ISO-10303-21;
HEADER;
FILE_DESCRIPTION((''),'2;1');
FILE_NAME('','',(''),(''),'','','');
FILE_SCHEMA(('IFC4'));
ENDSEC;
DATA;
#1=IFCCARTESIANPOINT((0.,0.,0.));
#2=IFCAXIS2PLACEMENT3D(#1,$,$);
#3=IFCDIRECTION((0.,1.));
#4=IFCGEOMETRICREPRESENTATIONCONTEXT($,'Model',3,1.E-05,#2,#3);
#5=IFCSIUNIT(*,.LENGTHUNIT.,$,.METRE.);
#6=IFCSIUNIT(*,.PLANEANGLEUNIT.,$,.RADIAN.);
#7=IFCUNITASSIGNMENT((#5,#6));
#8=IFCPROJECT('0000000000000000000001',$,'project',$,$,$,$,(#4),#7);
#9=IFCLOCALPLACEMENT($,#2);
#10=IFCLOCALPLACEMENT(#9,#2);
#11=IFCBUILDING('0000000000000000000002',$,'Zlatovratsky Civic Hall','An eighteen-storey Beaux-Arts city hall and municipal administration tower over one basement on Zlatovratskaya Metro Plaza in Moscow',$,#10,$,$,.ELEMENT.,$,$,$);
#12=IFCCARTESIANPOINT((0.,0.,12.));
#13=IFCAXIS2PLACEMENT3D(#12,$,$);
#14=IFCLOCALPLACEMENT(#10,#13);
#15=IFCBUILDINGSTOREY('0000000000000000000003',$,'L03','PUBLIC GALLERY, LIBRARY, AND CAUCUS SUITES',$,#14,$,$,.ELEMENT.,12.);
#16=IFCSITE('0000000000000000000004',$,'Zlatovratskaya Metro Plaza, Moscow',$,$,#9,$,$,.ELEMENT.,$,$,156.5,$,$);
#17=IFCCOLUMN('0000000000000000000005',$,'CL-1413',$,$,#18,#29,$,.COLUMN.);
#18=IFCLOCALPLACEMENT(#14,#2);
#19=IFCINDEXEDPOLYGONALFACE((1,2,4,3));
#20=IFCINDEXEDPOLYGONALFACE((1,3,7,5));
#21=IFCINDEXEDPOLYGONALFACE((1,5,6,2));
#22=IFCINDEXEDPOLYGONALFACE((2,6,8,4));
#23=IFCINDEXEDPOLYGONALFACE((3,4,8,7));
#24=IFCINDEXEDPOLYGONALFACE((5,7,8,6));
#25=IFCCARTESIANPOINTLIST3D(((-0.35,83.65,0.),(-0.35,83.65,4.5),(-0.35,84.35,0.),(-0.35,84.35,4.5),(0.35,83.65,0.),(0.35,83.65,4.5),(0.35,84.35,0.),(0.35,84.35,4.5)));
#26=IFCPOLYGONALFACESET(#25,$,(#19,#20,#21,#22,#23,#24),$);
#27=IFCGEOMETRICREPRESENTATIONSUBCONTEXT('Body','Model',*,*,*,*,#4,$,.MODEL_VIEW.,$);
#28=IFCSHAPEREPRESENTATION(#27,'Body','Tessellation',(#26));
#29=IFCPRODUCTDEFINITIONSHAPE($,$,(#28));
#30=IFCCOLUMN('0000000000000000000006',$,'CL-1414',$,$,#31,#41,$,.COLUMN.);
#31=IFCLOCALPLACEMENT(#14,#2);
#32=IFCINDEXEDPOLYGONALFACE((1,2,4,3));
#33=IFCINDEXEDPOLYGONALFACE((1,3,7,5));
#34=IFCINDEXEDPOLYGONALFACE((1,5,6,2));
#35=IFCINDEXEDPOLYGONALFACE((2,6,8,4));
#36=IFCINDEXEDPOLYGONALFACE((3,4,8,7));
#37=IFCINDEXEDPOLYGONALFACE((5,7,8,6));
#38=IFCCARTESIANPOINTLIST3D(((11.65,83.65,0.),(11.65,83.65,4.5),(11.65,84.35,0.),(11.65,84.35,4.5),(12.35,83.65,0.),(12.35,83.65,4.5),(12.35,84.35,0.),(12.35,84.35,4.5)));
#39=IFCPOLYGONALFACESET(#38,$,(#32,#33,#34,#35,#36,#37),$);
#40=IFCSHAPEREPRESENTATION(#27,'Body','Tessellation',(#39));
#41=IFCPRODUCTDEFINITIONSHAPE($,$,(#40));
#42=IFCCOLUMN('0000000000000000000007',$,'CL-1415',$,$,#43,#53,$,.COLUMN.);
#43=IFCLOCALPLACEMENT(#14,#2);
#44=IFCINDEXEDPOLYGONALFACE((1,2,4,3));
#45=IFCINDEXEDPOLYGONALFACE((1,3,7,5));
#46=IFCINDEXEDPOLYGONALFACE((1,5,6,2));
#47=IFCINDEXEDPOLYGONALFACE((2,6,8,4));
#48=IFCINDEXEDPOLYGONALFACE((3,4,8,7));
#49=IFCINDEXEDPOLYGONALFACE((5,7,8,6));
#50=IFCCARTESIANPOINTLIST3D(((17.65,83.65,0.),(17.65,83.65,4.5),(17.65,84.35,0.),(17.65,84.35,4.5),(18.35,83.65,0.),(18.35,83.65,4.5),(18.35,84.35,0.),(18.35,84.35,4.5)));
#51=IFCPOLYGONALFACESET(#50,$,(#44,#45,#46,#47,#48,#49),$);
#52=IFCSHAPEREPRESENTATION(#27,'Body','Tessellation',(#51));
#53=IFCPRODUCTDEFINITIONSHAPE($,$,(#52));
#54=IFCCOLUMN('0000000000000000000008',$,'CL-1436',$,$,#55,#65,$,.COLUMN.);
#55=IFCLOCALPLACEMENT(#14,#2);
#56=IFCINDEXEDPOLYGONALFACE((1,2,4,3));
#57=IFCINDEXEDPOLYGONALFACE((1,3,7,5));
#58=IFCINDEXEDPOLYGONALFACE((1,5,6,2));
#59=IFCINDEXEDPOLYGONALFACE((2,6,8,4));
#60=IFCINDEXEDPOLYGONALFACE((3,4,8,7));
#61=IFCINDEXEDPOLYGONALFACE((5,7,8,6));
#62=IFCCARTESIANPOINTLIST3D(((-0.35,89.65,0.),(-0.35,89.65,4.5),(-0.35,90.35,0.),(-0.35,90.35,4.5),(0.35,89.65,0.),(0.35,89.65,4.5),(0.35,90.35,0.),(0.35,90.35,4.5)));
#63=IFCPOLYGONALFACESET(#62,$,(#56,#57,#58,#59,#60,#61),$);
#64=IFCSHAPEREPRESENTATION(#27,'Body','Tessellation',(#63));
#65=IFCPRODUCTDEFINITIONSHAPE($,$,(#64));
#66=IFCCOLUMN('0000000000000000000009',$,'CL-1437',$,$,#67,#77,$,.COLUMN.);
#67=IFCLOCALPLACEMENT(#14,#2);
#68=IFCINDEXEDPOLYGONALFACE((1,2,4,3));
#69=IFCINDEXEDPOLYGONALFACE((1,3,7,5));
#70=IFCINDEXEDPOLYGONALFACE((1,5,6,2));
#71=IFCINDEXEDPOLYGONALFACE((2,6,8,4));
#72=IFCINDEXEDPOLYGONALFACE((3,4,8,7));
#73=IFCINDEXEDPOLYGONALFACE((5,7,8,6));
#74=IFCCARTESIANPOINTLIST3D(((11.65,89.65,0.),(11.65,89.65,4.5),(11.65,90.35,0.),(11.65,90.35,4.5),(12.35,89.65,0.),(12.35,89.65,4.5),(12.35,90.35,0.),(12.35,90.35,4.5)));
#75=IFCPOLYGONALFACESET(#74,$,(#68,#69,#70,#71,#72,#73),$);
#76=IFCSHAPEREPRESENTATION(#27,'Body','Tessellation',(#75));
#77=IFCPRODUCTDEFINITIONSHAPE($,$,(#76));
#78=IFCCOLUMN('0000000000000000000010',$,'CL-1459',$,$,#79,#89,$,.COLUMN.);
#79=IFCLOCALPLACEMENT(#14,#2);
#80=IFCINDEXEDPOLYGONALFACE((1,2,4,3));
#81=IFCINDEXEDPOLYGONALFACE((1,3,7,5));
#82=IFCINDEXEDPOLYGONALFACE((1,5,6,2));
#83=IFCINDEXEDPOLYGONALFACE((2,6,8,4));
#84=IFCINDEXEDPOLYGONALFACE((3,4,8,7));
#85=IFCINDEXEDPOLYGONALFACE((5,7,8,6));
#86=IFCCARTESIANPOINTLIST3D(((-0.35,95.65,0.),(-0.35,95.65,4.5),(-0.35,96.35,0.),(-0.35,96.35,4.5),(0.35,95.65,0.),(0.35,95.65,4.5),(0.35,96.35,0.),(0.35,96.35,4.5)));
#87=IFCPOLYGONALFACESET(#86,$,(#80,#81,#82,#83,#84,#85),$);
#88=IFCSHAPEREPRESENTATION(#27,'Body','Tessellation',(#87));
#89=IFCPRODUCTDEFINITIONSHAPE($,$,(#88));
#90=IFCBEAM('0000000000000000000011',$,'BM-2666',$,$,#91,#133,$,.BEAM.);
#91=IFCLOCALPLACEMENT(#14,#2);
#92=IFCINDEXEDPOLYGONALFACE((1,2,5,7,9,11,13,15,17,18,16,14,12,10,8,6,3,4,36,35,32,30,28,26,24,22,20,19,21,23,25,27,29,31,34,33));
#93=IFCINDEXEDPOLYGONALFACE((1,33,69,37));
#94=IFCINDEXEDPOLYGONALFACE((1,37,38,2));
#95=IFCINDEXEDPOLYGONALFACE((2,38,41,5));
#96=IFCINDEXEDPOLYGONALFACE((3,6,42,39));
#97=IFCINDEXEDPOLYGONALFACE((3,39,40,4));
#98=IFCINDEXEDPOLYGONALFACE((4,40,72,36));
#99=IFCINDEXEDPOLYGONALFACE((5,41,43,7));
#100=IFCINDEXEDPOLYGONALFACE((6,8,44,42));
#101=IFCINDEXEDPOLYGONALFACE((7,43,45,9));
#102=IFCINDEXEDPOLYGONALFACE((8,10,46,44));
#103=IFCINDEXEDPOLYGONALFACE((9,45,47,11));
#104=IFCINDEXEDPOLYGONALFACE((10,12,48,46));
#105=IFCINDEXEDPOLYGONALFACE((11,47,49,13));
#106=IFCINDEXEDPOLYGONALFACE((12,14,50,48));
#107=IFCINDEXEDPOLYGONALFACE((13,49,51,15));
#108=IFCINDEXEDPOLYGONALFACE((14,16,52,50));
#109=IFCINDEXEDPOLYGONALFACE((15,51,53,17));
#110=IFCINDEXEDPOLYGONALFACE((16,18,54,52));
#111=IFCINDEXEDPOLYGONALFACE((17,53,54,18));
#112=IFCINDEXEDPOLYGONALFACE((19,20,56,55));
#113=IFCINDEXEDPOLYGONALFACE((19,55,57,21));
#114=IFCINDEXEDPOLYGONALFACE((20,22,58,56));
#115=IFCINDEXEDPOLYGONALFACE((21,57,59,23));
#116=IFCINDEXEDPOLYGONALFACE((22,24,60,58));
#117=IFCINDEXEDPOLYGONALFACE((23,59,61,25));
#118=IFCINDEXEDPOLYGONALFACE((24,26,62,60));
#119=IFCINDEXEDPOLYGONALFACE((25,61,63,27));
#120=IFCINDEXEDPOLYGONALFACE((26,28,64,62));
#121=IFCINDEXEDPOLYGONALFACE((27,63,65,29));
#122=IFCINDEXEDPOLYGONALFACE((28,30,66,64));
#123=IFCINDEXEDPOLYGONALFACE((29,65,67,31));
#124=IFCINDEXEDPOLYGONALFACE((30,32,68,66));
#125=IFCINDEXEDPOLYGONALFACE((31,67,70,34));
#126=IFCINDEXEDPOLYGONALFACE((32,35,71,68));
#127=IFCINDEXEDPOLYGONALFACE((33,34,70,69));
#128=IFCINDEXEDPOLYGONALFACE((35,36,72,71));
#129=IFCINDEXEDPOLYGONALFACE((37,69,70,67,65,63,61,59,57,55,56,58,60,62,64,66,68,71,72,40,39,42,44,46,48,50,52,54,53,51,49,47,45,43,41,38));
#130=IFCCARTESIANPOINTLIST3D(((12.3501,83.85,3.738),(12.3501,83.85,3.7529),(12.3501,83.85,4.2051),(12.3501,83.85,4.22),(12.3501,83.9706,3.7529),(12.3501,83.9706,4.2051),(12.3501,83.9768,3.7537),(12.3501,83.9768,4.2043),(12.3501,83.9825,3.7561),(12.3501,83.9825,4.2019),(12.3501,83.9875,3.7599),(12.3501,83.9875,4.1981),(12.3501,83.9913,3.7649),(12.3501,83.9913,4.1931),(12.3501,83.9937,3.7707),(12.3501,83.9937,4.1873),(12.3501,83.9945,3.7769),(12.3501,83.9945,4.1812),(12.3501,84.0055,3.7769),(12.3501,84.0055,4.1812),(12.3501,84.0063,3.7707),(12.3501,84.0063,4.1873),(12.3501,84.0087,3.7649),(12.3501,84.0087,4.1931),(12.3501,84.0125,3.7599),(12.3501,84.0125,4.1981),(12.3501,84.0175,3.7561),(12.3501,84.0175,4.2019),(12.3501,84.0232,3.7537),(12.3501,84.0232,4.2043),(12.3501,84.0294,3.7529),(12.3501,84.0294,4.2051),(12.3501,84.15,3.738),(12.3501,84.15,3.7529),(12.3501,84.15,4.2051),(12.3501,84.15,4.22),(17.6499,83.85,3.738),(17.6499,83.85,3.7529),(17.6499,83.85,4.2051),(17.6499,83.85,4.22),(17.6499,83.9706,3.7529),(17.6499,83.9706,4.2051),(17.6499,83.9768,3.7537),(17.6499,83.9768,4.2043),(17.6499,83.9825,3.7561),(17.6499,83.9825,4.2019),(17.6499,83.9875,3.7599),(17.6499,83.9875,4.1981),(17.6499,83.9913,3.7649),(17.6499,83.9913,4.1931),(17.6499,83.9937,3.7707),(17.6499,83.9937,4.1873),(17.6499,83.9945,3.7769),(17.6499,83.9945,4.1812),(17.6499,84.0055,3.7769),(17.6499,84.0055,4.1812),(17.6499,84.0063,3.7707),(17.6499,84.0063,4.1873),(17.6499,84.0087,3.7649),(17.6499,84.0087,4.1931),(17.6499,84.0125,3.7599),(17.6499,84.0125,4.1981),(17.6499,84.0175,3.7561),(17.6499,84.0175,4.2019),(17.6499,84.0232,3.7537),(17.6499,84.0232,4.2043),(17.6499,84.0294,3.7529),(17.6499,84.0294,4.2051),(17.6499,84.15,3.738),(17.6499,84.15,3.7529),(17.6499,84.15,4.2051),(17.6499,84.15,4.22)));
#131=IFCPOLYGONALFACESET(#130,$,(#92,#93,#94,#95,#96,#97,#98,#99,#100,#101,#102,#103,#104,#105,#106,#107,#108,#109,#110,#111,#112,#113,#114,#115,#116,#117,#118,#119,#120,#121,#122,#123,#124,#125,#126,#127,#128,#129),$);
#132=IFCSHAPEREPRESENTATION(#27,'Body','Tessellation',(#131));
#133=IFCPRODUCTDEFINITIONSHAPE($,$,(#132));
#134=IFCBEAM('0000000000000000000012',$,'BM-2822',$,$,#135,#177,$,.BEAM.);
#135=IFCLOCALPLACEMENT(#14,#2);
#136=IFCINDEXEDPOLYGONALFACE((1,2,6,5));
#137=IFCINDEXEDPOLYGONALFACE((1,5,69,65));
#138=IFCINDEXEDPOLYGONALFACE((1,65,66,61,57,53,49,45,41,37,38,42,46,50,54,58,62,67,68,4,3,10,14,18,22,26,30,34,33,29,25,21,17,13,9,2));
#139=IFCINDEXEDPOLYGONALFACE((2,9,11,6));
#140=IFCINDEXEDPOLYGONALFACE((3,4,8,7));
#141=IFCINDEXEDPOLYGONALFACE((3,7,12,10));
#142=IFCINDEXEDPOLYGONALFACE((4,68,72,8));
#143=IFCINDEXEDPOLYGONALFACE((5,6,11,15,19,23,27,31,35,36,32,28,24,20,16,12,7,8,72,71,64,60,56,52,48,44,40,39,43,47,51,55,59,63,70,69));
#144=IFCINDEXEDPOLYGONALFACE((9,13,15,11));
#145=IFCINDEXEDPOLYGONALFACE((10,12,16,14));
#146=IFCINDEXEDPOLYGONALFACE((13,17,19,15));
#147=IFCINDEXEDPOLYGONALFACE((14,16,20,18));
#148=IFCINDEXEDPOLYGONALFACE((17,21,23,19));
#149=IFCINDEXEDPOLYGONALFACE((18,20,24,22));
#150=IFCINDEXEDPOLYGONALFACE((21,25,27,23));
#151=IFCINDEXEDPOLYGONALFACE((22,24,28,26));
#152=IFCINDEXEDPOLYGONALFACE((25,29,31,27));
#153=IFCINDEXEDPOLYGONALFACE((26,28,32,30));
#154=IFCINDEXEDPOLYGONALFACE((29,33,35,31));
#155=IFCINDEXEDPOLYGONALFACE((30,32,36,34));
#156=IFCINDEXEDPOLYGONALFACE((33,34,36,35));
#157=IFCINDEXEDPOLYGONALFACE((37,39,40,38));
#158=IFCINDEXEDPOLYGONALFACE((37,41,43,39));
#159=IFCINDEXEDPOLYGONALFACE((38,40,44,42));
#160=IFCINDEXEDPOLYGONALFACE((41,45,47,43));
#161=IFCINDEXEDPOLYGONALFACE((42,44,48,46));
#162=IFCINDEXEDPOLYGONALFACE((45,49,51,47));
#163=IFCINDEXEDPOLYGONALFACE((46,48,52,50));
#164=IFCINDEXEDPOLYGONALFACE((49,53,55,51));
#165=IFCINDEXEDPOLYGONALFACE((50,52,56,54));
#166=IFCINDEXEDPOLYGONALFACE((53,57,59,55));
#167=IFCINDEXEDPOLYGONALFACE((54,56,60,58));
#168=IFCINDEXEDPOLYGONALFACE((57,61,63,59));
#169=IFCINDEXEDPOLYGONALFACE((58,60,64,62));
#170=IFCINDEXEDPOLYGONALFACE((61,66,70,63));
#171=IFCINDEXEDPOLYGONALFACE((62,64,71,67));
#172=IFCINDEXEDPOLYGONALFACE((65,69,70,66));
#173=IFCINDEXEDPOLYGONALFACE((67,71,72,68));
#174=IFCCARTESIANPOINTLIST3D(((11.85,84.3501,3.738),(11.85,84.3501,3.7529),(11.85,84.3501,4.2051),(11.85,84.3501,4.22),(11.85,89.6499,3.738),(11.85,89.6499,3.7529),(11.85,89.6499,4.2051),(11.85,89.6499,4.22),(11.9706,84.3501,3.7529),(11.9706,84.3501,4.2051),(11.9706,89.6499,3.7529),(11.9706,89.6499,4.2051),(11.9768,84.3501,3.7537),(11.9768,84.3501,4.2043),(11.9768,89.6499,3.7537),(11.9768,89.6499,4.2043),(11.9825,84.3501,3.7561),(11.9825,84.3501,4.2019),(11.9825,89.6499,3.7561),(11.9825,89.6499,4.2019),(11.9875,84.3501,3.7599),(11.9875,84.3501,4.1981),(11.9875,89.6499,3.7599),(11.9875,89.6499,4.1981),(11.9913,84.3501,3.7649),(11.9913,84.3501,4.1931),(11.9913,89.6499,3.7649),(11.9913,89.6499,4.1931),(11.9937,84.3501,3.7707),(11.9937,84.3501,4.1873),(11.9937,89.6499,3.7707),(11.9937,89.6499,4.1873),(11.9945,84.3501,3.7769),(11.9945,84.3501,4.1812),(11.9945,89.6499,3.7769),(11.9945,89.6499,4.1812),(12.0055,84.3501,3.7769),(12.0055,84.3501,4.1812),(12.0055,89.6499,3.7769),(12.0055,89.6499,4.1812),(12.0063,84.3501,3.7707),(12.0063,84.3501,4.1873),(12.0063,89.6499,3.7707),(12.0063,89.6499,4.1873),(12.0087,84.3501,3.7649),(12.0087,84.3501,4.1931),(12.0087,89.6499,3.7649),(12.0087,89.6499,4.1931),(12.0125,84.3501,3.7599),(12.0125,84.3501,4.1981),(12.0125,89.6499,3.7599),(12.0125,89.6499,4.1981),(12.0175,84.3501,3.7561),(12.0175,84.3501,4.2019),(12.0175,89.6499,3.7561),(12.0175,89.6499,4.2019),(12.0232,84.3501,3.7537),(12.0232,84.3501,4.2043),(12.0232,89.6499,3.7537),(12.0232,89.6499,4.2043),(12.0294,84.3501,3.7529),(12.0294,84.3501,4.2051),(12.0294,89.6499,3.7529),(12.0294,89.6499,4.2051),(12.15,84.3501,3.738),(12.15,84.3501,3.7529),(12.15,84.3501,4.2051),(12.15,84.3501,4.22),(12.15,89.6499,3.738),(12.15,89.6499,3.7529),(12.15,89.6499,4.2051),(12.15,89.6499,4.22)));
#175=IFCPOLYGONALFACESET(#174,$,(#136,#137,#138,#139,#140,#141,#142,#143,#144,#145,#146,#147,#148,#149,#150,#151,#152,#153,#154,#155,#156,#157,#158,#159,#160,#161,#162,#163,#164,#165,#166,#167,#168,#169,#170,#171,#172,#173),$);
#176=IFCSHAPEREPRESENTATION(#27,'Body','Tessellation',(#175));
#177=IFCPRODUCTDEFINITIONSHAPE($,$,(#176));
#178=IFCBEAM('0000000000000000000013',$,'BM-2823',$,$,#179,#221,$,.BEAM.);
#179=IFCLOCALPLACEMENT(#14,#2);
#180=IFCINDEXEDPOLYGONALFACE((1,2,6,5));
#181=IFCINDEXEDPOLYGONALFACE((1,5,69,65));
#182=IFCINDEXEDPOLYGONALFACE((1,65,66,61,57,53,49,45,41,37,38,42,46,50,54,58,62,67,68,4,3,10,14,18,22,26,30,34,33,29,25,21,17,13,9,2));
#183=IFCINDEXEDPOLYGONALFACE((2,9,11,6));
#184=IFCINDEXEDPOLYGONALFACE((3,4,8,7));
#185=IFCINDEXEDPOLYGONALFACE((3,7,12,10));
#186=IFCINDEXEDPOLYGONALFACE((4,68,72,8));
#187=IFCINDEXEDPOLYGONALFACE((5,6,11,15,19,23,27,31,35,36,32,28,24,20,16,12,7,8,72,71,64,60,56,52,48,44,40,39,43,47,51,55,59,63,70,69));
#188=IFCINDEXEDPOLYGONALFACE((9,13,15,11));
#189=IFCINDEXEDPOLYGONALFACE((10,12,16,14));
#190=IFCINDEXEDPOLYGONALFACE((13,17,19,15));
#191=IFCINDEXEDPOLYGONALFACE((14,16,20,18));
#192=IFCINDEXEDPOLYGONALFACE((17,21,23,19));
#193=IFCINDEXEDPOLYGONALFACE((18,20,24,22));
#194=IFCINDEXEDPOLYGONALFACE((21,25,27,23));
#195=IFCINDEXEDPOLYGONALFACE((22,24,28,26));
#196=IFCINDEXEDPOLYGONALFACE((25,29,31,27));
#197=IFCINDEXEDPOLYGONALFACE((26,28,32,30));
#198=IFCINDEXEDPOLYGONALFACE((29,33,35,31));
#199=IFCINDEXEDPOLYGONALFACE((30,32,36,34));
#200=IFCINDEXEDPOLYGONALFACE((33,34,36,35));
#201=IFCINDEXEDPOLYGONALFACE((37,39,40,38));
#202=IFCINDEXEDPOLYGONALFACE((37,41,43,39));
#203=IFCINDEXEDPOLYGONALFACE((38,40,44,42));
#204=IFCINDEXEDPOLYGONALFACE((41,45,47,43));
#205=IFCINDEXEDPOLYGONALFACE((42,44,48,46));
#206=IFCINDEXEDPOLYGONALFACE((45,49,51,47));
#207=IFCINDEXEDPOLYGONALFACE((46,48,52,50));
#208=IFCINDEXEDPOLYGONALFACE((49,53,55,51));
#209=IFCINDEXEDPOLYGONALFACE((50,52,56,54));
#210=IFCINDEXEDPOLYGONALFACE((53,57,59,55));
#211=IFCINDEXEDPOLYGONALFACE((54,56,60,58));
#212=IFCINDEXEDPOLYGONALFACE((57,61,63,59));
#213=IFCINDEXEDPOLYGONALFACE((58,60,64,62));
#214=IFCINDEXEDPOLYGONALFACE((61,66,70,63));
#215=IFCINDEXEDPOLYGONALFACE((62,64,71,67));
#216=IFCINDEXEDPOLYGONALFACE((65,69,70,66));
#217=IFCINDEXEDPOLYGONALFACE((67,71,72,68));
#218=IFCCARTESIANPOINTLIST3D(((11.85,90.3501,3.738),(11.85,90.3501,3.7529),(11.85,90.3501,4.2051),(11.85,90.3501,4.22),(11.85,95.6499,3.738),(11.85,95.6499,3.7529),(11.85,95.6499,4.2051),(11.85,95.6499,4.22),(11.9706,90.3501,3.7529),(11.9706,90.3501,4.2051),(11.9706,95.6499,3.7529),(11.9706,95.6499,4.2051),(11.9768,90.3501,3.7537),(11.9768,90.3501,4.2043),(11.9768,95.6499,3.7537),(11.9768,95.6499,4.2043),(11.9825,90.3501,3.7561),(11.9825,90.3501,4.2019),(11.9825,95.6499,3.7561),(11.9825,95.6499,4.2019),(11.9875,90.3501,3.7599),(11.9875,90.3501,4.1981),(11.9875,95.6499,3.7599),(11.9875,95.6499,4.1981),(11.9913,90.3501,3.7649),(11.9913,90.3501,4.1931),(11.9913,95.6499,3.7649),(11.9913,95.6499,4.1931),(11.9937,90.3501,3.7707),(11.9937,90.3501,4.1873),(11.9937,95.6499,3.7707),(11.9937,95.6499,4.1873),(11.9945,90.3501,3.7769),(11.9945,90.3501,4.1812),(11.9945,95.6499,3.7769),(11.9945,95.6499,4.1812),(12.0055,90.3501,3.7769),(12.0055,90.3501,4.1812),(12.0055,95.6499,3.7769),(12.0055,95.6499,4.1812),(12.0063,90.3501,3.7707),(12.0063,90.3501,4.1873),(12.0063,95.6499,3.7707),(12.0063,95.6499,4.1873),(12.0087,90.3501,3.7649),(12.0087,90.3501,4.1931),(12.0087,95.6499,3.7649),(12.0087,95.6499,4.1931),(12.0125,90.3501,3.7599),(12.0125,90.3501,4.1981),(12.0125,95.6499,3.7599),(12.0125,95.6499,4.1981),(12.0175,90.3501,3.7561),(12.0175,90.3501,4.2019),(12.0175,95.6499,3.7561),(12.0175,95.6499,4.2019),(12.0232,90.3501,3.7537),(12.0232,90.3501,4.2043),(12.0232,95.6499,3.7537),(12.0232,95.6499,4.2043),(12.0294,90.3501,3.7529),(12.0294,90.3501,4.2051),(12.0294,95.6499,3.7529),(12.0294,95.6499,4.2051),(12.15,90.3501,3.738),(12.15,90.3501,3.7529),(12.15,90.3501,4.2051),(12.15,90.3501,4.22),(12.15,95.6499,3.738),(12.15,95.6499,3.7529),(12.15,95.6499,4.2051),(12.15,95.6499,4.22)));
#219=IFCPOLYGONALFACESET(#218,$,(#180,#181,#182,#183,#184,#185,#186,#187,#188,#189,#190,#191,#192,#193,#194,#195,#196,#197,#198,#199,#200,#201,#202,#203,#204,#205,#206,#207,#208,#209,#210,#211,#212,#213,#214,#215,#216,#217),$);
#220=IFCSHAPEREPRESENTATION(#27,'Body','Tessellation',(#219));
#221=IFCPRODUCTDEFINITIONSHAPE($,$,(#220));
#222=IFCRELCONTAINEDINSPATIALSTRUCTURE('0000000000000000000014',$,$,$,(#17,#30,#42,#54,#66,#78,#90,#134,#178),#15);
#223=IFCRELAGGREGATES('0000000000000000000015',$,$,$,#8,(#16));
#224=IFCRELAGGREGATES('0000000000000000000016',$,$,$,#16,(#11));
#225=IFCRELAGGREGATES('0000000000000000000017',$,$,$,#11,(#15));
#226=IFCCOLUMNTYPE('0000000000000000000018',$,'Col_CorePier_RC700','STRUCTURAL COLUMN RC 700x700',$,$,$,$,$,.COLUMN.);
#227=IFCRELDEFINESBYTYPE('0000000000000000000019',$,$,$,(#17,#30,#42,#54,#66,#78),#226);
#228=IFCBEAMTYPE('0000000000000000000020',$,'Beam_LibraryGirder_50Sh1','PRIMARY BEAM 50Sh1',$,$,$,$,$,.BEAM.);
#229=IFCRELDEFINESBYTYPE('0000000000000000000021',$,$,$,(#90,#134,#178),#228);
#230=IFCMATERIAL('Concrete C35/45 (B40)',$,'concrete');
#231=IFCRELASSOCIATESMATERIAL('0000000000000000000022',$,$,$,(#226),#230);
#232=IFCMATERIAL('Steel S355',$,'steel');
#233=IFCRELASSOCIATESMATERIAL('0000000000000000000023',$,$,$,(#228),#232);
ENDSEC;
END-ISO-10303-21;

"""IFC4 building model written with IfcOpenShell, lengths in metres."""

from ifc_helpers import new_model, si_unit, direction, frame, origin, origin_2d, place, context, subcontext, project, spatial, rectangle, i_section, extrude, material, material_profile, profile_set, type_object, element, save


model = new_model("IFC4")

# Units and contexts
model_context = context("Model", 3, precision=1e-05, world=origin(), true_north=direction((0.0, 1.0)))
body_context = subcontext(model_context, "Body", "Model", "MODEL_VIEW")
ifc_project = project(units=[si_unit("LENGTHUNIT", "METRE"), si_unit("PLANEANGLEUNIT", "RADIAN")], contexts=[model_context])

# Site, building, storey
site_placement = place(None, origin())
site = spatial("IfcSite", under=ifc_project, at=site_placement, Name="Zlatovratskaya Metro Plaza, Moscow", CompositionType="ELEMENT", RefElevation=156.5)
building_placement = place(site_placement, origin())
building = spatial("IfcBuilding", under=site, at=building_placement, Name="Zlatovratsky Civic Hall", Description="An eighteen-storey Beaux-Arts city hall and municipal administration tower over one basement on Zlatovratskaya Metro Plaza in Moscow", CompositionType="ELEMENT")
storey_placement = place(building_placement, frame((0.0, 0.0, 12.0)))
storey = spatial("IfcBuildingStorey", under=building, at=storey_placement, Name="L03", Description="PUBLIC GALLERY, LIBRARY, AND CAUCUS SUITES", CompositionType="ELEMENT", Elevation=12.0)

# Columns
ifc_material_1 = material(Name="Concrete C35/45 (B40)", Category="concrete")
ifc_material_profile_1 = material_profile(ifc_material_1, rectangle(XDim=0.7, YDim=0.7, at=origin_2d()), Name="RC 700x700")
ifc_profile_set_1 = profile_set([ifc_material_profile_1], Name="Concrete C35/45 (B40)")
column_type = type_object("IfcColumnType", Name="Col_CorePier_RC700", Description="STRUCTURAL COLUMN RC 700x700", PredefinedType="COLUMN", material=ifc_profile_set_1)
for number, where, z_axis, x_axis, name in (
    (1, (0.0, 84.0, 0.0), (0.0, 0.0, 1.0), (1.0, 0.0, 0.0), "CL-1413"),
    (2, (12.0, 84.0, 0.0), (0.0, 0.0, 1.0), (1.0, 0.0, 0.0), "CL-1414"),
    (3, (18.0, 84.0, 0.0), (0.0, 0.0, 1.0), (1.0, 0.0, 0.0), "CL-1415"),
    (4, (0.0, 90.0, 0.0), (0.0, 0.0, 1.0), (1.0, 0.0, 0.0), "CL-1436"),
    (5, (12.0, 90.0, 0.0), (0.0, 0.0, 1.0), (1.0, 0.0, 0.0), "CL-1437"),
    (6, (0.0, 96.0, 0.0), (0.0, 0.0, 1.0), (1.0, 0.0, 0.0), "CL-1459"),
):
    element("IfcColumn", number, at=place(storey_placement, frame(where, z_axis=z_axis, x_axis=x_axis)), inside=storey, type_object=column_type, Name=name, PredefinedType="COLUMN", context=body_context, shape_type="SweptSolid", body=[
        extrude(rectangle(XDim=0.7, YDim=0.7, at=origin_2d()), origin(), (0.0, 0.0, 1.0), 4.5),
    ])

# Beams
ifc_material_2 = material(Name="Steel S355", Category="steel")
ifc_material_profile_2 = material_profile(ifc_material_2, i_section(OverallWidth=0.3, OverallDepth=0.4819, WebThickness=0.011, FlangeThickness=0.0149, FilletRadius=0.0239, at=origin_2d()), Name="50Sh1")
ifc_profile_set_2 = profile_set([ifc_material_profile_2], Name="Steel S355")
beam_type_1 = type_object("IfcBeamType", Name="Beam_LibraryGirder_50Sh1", Description="PRIMARY BEAM 50Sh1", PredefinedType="BEAM", material=ifc_profile_set_2)
for number, where, z_axis, x_axis, name in (
    (7, (12.3501, 84.0, 3.979), (1.0, 0.0, 0.0), (0.0, 1.0, 0.0), "BM-2666"),
    (8, (12.0, 84.3501, 3.979), (0.0, 1.0, 0.0), (-1.0, 0.0, 0.0), "BM-2822"),
    (9, (12.0, 90.3501, 3.979), (0.0, 1.0, 0.0), (-1.0, 0.0, 0.0), "BM-2823"),
):
    element("IfcBeam", number, at=place(storey_placement, frame(where, z_axis=z_axis, x_axis=x_axis)), inside=storey, type_object=beam_type_1, Name=name, PredefinedType="BEAM", context=body_context, shape_type="SweptSolid", body=[
        extrude(i_section(OverallWidth=0.3, OverallDepth=0.4819, WebThickness=0.011, FlangeThickness=0.0149, FilletRadius=0.0239, at=origin_2d()), origin(), (0.0, 0.0, 1.0), 5.2998),
    ])

save(model, "model.ifc")
